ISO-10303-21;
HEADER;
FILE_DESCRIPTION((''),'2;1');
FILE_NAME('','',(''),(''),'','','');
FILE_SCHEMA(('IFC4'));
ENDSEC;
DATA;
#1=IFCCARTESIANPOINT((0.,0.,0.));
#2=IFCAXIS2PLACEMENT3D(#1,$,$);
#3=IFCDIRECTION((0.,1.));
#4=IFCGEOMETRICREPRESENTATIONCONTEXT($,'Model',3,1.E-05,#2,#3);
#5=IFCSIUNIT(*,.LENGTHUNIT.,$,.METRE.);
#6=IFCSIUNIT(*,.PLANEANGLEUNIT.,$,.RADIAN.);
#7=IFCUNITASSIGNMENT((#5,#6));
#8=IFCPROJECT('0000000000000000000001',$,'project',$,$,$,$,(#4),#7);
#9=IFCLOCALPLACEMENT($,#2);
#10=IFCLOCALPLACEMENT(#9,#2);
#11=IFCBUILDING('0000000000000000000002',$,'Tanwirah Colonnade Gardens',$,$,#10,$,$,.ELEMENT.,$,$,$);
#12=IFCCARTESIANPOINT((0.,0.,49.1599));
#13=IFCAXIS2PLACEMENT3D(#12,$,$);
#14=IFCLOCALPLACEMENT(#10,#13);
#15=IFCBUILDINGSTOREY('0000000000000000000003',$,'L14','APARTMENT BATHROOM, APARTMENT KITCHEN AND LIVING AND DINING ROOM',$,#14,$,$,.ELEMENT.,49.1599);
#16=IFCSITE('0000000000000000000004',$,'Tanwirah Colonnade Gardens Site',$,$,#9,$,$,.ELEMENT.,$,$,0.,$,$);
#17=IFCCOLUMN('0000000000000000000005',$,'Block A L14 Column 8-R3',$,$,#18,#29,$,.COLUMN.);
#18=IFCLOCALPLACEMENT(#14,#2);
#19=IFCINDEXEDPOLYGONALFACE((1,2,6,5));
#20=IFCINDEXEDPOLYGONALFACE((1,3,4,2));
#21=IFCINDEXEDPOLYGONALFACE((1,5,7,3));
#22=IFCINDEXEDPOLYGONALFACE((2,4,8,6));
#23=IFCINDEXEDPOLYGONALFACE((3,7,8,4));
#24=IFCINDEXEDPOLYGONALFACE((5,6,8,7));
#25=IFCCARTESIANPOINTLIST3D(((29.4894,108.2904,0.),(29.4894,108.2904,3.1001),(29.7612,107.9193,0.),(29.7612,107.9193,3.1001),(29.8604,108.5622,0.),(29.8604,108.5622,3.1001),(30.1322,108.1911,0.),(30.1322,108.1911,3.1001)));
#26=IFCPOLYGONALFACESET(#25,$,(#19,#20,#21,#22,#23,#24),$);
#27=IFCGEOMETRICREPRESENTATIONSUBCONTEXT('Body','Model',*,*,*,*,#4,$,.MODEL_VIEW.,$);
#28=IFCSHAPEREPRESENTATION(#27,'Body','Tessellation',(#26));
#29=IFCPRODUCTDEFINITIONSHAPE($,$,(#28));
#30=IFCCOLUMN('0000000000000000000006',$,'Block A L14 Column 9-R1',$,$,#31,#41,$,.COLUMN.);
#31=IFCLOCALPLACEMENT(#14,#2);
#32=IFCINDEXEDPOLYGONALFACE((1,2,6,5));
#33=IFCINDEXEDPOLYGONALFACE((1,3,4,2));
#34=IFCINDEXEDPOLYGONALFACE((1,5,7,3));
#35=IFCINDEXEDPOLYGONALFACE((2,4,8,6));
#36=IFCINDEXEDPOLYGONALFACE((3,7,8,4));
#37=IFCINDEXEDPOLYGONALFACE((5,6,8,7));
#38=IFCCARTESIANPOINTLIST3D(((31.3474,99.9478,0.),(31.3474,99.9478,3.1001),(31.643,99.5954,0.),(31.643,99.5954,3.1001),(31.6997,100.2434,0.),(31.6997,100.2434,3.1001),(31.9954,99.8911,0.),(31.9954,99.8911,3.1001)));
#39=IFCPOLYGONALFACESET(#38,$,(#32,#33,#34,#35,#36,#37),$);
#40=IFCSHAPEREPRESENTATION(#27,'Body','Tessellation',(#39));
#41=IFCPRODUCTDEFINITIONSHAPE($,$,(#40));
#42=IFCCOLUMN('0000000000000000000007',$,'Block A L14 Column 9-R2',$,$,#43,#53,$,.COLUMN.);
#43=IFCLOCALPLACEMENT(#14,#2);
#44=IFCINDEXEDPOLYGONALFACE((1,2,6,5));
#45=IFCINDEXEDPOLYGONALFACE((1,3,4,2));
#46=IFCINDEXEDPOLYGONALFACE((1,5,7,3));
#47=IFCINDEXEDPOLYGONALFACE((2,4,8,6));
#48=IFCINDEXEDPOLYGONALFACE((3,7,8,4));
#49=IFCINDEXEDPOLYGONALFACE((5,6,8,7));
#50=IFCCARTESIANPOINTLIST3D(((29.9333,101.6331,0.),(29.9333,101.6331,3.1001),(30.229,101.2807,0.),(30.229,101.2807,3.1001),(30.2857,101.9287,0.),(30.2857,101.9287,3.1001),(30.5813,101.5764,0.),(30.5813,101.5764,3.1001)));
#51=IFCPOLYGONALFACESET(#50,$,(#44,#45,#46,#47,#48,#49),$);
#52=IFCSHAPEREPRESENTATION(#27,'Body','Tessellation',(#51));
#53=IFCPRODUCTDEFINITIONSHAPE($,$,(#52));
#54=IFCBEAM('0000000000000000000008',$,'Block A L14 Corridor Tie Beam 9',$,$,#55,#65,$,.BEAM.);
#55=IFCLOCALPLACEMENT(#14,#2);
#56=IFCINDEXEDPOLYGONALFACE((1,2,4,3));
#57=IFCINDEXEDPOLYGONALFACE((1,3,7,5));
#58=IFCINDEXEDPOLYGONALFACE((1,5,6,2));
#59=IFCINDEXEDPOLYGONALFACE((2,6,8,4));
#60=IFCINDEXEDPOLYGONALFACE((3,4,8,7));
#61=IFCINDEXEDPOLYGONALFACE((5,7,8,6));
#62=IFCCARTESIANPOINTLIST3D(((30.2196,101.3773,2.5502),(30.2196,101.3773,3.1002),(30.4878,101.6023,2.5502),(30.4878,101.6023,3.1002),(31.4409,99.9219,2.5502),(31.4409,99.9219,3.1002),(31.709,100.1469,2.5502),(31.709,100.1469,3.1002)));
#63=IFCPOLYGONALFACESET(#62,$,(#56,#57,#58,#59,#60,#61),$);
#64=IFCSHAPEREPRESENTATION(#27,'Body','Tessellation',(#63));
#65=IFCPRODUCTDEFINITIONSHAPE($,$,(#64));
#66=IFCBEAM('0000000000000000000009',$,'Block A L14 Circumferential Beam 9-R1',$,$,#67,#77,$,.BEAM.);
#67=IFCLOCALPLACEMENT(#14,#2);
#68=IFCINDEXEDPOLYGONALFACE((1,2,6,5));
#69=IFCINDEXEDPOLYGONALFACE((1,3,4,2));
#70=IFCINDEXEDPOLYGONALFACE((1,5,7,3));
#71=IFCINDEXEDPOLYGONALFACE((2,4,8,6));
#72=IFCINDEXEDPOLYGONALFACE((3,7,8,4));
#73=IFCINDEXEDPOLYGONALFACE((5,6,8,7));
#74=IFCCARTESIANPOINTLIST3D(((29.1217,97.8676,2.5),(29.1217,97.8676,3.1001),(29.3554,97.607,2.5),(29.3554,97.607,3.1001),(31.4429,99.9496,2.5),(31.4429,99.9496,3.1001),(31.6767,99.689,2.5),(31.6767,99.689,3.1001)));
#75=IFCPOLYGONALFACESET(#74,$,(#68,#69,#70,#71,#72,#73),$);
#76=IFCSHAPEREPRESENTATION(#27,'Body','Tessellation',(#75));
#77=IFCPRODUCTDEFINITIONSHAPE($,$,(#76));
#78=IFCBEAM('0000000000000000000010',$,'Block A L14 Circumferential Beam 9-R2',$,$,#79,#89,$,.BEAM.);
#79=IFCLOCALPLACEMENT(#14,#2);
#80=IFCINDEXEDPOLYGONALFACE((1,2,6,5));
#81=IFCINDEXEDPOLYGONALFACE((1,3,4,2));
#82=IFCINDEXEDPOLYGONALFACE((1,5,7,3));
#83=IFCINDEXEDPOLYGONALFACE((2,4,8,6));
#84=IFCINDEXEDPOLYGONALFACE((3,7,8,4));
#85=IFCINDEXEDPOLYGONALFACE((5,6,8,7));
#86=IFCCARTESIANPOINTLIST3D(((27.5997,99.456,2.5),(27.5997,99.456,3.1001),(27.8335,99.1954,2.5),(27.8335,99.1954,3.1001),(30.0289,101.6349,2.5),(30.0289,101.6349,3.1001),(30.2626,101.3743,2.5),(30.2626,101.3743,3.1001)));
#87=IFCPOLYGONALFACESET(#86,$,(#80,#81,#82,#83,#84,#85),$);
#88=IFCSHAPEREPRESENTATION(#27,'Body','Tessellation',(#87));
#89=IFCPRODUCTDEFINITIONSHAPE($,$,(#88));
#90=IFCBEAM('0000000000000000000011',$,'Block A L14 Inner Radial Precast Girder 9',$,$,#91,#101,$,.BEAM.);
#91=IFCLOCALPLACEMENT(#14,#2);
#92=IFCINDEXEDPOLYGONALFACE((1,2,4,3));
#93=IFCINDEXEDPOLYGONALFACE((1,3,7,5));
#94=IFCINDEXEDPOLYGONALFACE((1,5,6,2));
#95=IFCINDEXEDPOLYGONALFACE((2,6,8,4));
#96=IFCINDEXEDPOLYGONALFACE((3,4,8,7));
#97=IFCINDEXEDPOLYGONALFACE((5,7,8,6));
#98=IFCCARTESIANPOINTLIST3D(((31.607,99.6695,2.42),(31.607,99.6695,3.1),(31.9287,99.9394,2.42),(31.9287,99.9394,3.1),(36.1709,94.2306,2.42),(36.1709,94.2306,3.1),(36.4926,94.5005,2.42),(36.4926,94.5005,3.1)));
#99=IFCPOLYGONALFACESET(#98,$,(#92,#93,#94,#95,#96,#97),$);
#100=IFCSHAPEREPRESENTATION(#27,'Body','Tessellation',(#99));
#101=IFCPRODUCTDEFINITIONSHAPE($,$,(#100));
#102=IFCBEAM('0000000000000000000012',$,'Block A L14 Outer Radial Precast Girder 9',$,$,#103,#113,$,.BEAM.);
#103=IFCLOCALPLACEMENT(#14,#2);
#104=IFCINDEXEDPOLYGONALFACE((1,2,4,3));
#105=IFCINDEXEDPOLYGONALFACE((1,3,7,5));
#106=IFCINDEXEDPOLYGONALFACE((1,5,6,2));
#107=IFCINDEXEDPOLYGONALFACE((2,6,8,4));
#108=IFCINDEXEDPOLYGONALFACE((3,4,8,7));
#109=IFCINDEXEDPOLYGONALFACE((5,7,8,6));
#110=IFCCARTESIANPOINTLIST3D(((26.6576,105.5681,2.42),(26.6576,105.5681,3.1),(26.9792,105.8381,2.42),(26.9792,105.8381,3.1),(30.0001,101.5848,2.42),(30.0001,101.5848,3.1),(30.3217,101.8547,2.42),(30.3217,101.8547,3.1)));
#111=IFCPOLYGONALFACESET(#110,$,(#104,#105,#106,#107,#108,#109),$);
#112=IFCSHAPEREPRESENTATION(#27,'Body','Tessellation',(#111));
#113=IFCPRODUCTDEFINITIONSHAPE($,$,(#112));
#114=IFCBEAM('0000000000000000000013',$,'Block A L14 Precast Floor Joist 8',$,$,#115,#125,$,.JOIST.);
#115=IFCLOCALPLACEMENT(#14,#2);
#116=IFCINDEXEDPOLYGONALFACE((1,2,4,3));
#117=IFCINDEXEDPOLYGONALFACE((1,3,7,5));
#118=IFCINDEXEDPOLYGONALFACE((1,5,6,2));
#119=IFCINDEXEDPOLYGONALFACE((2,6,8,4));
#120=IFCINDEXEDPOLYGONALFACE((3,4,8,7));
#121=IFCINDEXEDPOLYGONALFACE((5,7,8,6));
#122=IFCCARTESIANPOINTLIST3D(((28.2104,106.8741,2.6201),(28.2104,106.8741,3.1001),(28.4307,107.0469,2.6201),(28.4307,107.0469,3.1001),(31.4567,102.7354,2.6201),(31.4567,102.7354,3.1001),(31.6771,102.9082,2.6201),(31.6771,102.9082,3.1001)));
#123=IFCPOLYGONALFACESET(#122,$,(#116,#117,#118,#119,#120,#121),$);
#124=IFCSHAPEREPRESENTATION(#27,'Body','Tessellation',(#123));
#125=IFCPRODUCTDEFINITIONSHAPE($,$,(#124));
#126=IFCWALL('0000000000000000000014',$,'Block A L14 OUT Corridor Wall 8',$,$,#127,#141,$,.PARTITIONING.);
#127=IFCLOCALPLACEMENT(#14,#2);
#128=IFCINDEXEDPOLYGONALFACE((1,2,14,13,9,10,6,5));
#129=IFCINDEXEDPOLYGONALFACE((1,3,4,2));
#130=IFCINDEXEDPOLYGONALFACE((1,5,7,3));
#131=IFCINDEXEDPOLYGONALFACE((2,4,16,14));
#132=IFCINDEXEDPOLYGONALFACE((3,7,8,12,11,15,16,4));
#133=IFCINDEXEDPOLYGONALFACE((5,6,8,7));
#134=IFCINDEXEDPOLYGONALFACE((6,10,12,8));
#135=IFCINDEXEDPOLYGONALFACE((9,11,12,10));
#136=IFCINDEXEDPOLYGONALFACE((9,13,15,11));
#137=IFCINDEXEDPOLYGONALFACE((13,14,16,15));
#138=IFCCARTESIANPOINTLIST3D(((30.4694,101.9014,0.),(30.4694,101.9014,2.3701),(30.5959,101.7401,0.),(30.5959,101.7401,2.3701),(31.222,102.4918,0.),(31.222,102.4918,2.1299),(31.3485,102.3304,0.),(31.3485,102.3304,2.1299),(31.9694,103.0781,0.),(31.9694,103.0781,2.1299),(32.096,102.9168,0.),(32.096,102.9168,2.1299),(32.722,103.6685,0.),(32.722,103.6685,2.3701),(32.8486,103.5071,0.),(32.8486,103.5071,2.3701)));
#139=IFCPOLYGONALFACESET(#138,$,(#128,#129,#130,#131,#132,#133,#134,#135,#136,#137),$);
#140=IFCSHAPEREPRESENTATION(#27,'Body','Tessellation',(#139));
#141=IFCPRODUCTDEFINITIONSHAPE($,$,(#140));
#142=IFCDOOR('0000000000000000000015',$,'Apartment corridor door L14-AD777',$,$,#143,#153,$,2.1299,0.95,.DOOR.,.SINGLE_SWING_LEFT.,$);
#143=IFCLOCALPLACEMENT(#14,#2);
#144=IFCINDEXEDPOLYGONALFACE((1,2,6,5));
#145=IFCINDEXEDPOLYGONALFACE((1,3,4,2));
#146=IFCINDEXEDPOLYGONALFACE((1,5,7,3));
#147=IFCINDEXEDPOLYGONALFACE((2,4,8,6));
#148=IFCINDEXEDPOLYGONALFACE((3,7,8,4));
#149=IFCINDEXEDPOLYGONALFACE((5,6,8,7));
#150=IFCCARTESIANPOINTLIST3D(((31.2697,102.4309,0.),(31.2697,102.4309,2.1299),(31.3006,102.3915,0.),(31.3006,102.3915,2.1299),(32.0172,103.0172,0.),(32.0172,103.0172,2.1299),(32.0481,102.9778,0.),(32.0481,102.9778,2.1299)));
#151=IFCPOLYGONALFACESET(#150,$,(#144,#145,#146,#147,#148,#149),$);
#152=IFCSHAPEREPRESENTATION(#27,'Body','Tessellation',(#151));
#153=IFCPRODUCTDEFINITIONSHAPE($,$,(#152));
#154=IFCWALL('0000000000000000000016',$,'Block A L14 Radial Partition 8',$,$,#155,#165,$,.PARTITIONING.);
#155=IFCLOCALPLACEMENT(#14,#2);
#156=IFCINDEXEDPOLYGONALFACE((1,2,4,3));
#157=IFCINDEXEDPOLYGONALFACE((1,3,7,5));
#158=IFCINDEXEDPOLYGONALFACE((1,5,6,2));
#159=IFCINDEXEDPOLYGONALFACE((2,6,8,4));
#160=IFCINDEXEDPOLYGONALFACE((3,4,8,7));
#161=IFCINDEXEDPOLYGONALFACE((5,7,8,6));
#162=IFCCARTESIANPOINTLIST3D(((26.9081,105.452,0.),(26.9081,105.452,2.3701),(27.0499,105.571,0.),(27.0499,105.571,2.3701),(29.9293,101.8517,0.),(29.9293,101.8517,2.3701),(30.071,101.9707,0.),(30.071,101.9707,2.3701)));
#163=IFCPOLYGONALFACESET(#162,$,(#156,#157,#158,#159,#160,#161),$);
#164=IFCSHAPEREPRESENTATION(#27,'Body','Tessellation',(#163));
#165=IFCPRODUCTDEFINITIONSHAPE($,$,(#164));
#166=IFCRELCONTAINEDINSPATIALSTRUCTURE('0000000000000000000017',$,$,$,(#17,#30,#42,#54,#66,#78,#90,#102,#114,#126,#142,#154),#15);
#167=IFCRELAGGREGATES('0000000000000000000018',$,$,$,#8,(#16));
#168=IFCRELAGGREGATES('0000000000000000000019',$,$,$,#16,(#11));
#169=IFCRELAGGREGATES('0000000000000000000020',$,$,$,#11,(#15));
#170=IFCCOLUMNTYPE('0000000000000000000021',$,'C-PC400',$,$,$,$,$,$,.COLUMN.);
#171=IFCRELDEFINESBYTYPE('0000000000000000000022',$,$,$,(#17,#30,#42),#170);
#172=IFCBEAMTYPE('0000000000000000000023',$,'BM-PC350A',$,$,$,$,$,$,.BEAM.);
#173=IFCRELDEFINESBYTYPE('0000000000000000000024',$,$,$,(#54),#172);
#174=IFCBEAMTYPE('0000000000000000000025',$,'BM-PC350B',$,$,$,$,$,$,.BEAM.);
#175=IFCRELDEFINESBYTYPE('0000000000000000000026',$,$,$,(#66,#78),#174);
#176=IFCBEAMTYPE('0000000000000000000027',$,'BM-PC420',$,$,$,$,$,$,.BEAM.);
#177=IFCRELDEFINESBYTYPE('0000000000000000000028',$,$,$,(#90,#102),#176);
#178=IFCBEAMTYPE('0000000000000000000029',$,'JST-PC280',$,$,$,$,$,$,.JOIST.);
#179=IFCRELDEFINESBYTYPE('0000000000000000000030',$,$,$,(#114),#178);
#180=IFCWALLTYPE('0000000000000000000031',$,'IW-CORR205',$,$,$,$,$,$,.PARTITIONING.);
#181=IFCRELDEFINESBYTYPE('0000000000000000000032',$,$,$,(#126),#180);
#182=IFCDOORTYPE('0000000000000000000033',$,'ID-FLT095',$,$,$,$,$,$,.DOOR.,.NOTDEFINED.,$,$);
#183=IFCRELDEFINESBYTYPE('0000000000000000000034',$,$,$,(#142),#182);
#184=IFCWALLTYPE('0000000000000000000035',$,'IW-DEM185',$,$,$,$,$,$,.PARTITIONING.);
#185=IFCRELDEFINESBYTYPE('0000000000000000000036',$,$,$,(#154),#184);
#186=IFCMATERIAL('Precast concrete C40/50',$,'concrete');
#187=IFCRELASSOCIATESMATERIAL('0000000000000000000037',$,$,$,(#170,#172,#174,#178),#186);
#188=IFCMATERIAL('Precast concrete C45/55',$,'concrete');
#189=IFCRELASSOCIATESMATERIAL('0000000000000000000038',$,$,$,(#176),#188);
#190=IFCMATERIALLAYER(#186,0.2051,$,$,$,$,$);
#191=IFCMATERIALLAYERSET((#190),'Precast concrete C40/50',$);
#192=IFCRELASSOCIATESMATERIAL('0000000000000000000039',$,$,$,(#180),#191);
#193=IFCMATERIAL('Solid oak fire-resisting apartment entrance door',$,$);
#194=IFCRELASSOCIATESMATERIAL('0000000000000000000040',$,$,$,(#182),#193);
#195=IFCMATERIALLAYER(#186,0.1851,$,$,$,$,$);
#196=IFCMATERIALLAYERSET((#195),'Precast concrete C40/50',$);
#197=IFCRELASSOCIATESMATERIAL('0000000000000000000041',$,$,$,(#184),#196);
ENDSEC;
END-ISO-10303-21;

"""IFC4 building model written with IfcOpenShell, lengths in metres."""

from ifc_helpers import new_model, si_unit, direction, frame, frame_2d, origin, origin_2d, place, context, subcontext, project, spatial, rectangle, extrude, material, layer, layer_set, material_profile, profile_set, type_object, element, fill, save


model = new_model("IFC4")

# Units and contexts
model_context = context("Model", 3, precision=1e-05, world=origin(), true_north=direction((0.0, 1.0)))
body_context = subcontext(model_context, "Body", "Model", "MODEL_VIEW")
ifc_project = project(units=[si_unit("LENGTHUNIT", "METRE"), si_unit("PLANEANGLEUNIT", "RADIAN")], contexts=[model_context])

# Site, building, storey
site_placement = place(None, origin())
site = spatial("IfcSite", under=ifc_project, at=site_placement, Name="Tanwirah Colonnade Gardens Site", CompositionType="ELEMENT", RefElevation=0.0)
building_placement = place(site_placement, origin())
building = spatial("IfcBuilding", under=site, at=building_placement, Name="Tanwirah Colonnade Gardens", CompositionType="ELEMENT")
storey_placement = place(building_placement, frame((0.0, 0.0, 49.1599)))
storey = spatial("IfcBuildingStorey", under=building, at=storey_placement, Name="L14", Description="APARTMENT BATHROOM, APARTMENT KITCHEN AND LIVING AND DINING ROOM", CompositionType="ELEMENT", Elevation=49.1599)

# Columns
ifc_material_1 = material(Name="Precast concrete C40/50", Category="concrete")
ifc_material_profile_1 = material_profile(ifc_material_1, rectangle(XDim=0.46, YDim=0.46, at=origin_2d()), Name="PC-COL 460x460")
ifc_profile_set_1 = profile_set([ifc_material_profile_1], Name="Precast concrete C40/50")
column_type = type_object("IfcColumnType", Name="C-PC400", PredefinedType="COLUMN", material=ifc_profile_set_1)
for number, where, z_axis, x_axis, name in (
    (1, (29.8108, 108.2407, 0.0), (0.0, 0.0, 1.0), (-0.590919, 0.806731, 0.0), "Block A L14 Column 8-R3"),
    (2, (31.6714, 99.9194, 0.0), (0.0, 0.0, 1.0), (-0.642788, 0.766044, 0.0), "Block A L14 Column 9-R1"),
    (3, (30.2573, 101.6047, 0.0), (0.0, 0.0, 1.0), (-0.642788, 0.766044, 0.0), "Block A L14 Column 9-R2"),
):
    element("IfcColumn", number, at=place(storey_placement, frame(where, z_axis=z_axis, x_axis=x_axis)), inside=storey, type_object=column_type, Name=name, PredefinedType="COLUMN", context=body_context, shape_type="SweptSolid", body=[
        extrude(rectangle(XDim=0.46, YDim=0.46, at=origin_2d()), origin(), (0.0, 0.0, 1.0), 3.1001),
    ])

# Beams
ifc_material_profile_2 = material_profile(ifc_material_1, rectangle(XDim=0.3501, YDim=0.55, at=origin_2d()), Name="PC-BM 350x550")
ifc_profile_set_2 = profile_set([ifc_material_profile_2], Name="Precast concrete C40/50")
beam_type_1 = type_object("IfcBeamType", Name="BM-PC350A", PredefinedType="BEAM", material=ifc_profile_set_2)
beam_1_placement = place(storey_placement, frame((31.575, 100.0344, 2.8252), z_axis=(-0.642797, 0.766036, 0.0), x_axis=(-0.766036, -0.642797, 0.0)))
element("IfcBeam", 4, at=beam_1_placement, inside=storey, type_object=beam_type_1, Name="Block A L14 Corridor Tie Beam 9", PredefinedType="BEAM", context=body_context, shape_type="SweptSolid", body=[
    extrude(rectangle(XDim=0.3501, YDim=0.55, at=origin_2d()), origin(), (0.0, 0.0, 1.0), 1.8999),
])
ifc_material_profile_3 = material_profile(ifc_material_1, rectangle(XDim=0.3501, YDim=0.6001, at=origin_2d()), Name="PC-BM 350x600")
ifc_profile_set_3 = profile_set([ifc_material_profile_3], Name="Precast concrete C40/50")
beam_type_2 = type_object("IfcBeamType", Name="BM-PC350B", PredefinedType="BEAM", material=ifc_profile_set_3)
beam_2_placement = place(storey_placement, frame((31.5598, 99.8193, 2.8), z_axis=(-0.74443, -0.667701, 0.0), x_axis=(0.667701, -0.74443, 0.0)))
element("IfcBeam", 5, at=beam_2_placement, inside=storey, type_object=beam_type_2, Name="Block A L14 Circumferential Beam 9-R1", PredefinedType="BEAM", context=body_context, shape_type="SweptSolid", body=[
    extrude(rectangle(XDim=0.3501, YDim=0.6001, at=origin_2d()), origin(), (0.0, 0.0, 1.0), 3.1182),
])
beam_3_placement = place(storey_placement, frame((30.1458, 101.5046, 2.8), z_axis=(-0.744409, -0.667724, 0.0), x_axis=(0.667724, -0.744409, 0.0)))
element("IfcBeam", 6, at=beam_3_placement, inside=storey, type_object=beam_type_2, Name="Block A L14 Circumferential Beam 9-R2", PredefinedType="BEAM", context=body_context, shape_type="SweptSolid", body=[
    extrude(rectangle(XDim=0.3501, YDim=0.6001, at=origin_2d()), origin(), (0.0, 0.0, 1.0), 3.2632),
])
ifc_material_2 = material(Name="Precast concrete C45/55", Category="concrete")
ifc_material_profile_4 = material_profile(ifc_material_2, rectangle(XDim=0.4199, YDim=0.6799, at=origin_2d()), Name="PC-BM 420x680")
ifc_profile_set_4 = profile_set([ifc_material_profile_4], Name="Precast concrete C45/55")
beam_type_3 = type_object("IfcBeamType", Name="BM-PC420", PredefinedType="BEAM", material=ifc_profile_set_4)
beam_4_placement = place(storey_placement, frame((31.7678, 99.8044, 2.76), z_axis=(0.642798, -0.766035, 0.0), x_axis=(0.766035, 0.642798, 0.0)))
element("IfcBeam", 7, at=beam_4_placement, inside=storey, type_object=beam_type_3, Name="Block A L14 Inner Radial Precast Girder 9", PredefinedType="BEAM", context=body_context, shape_type="SweptSolid", body=[
    extrude(rectangle(XDim=0.4199, YDim=0.6799, at=origin_2d()), origin(), (0.0, 0.0, 1.0), 7.1001),
])
beam_5_placement = place(storey_placement, frame((30.1609, 101.7197, 2.76), z_axis=(-0.642795, 0.766039, 0.0), x_axis=(-0.766039, -0.642795, 0.0)))
element("IfcBeam", 8, at=beam_5_placement, inside=storey, type_object=beam_type_3, Name="Block A L14 Outer Radial Precast Girder 9", PredefinedType="BEAM", context=body_context, shape_type="SweptSolid", body=[
    extrude(rectangle(XDim=0.4199, YDim=0.6799, at=origin_2d()), origin(), (0.0, 0.0, 1.0), 5.2),
])
ifc_material_profile_5 = material_profile(ifc_material_1, rectangle(XDim=0.28, YDim=0.48, at=origin_2d()), Name="PC-JST 280x480")
ifc_profile_set_5 = profile_set([ifc_material_profile_5], Name="Precast concrete C40/50")
beam_type_4 = type_object("IfcBeamType", Name="JST-PC280", PredefinedType="JOIST", material=ifc_profile_set_5)
beam_6_placement = place(storey_placement, frame((31.5669, 102.8218, 2.8601), z_axis=(-0.617178, 0.786824, 0.0), x_axis=(-0.786824, -0.617178, 0.0)))
element("IfcBeam", 9, at=beam_6_placement, inside=storey, type_object=beam_type_4, Name="Block A L14 Precast Floor Joist 8", PredefinedType="JOIST", context=body_context, shape_type="SweptSolid", body=[
    extrude(rectangle(XDim=0.28, YDim=0.48, at=origin_2d()), origin(), (0.0, 0.0, 1.0), 5.26),
])

# Wall, opening, door
ifc_layer_1 = layer(ifc_material_1, 0.2051)
ifc_layer_set_1 = layer_set([ifc_layer_1], Name="Precast concrete C40/50")
wall_type_1 = type_object("IfcWallType", Name="IW-CORR205", PredefinedType="PARTITIONING", material=ifc_layer_set_1)
wall_1_placement = place(storey_placement, frame((32.7854, 103.5879, 0.0), z_axis=(0.0, 0.0, 1.0), x_axis=(-0.786806, -0.6172, 0.0)))
wall_1 = element("IfcWall", 10, at=wall_1_placement, inside=storey, type_object=wall_type_1, Name="Block A L14 OUT Corridor Wall 8", PredefinedType="PARTITIONING", context=body_context, shape_type="SweptSolid", body=[
    extrude(rectangle(XDim=2.863, YDim=0.2051, at=frame_2d((1.4316, 0.0))), origin(), (0.0, 0.0, 1.0), 2.3701),
])
opening_1_placement = place(wall_1_placement, frame((0.9565, 0.0, 0.0)))
opening_1 = element("IfcOpeningElement", 11, at=opening_1_placement, cuts=wall_1, PredefinedType="OPENING", context=body_context, shape_type="SweptSolid", body=[
    extrude(rectangle(XDim=0.95, YDim=2.1299, at=frame_2d((0.4751, 1.0649))), frame((0.0, 0.1125, 0.0), z_axis=(0.0, -1.0, 0.0), x_axis=(1.0, 0.0, 0.0)), (0.0, 0.0, 1.0), 0.2251),
])
ifc_material_3 = material(Name="Solid oak fire-resisting apartment entrance door")
door_type_1 = type_object("IfcDoorType", Name="ID-FLT095", OperationType="NOTDEFINED", PredefinedType="DOOR", material=ifc_material_3)
door_1_placement = place(opening_1_placement, origin())
door_1 = element("IfcDoor", 12, at=door_1_placement, inside=storey, type_object=door_type_1, Name="Apartment corridor door L14-AD777", OperationType="SINGLE_SWING_LEFT", OverallHeight=2.1299, OverallWidth=0.95, PredefinedType="DOOR", context=body_context, shape_type="SweptSolid", body=[
    extrude(rectangle(XDim=0.95, YDim=2.1299, at=frame_2d((0.4751, 1.0649))), frame((0.0, 0.0249, 0.0), z_axis=(0.0, -1.0, 0.0), x_axis=(1.0, 0.0, 0.0)), (0.0, 0.0, 1.0), 0.05),
])
fill(opening_1, door_1)

# Wall
ifc_layer_2 = layer(ifc_material_1, 0.1851)
ifc_layer_set_2 = layer_set([ifc_layer_2], Name="Precast concrete C40/50")
wall_type_2 = type_object("IfcWallType", Name="IW-DEM185", PredefinedType="PARTITIONING", material=ifc_layer_set_2)
wall_2_placement = place(storey_placement, frame((30.0002, 101.9111, 0.0), z_axis=(0.0, 0.0, 1.0), x_axis=(-0.642812, 0.766024, 0.0)))
element("IfcWall", 13, at=wall_2_placement, inside=storey, type_object=wall_type_2, Name="Block A L14 Radial Partition 8", PredefinedType="PARTITIONING", context=body_context, shape_type="SweptSolid", body=[
    extrude(rectangle(XDim=4.7, YDim=0.1851, at=frame_2d((2.3501, 0.0))), origin(), (0.0, 0.0, 1.0), 2.3701),
])

save(model, "model.ifc")
